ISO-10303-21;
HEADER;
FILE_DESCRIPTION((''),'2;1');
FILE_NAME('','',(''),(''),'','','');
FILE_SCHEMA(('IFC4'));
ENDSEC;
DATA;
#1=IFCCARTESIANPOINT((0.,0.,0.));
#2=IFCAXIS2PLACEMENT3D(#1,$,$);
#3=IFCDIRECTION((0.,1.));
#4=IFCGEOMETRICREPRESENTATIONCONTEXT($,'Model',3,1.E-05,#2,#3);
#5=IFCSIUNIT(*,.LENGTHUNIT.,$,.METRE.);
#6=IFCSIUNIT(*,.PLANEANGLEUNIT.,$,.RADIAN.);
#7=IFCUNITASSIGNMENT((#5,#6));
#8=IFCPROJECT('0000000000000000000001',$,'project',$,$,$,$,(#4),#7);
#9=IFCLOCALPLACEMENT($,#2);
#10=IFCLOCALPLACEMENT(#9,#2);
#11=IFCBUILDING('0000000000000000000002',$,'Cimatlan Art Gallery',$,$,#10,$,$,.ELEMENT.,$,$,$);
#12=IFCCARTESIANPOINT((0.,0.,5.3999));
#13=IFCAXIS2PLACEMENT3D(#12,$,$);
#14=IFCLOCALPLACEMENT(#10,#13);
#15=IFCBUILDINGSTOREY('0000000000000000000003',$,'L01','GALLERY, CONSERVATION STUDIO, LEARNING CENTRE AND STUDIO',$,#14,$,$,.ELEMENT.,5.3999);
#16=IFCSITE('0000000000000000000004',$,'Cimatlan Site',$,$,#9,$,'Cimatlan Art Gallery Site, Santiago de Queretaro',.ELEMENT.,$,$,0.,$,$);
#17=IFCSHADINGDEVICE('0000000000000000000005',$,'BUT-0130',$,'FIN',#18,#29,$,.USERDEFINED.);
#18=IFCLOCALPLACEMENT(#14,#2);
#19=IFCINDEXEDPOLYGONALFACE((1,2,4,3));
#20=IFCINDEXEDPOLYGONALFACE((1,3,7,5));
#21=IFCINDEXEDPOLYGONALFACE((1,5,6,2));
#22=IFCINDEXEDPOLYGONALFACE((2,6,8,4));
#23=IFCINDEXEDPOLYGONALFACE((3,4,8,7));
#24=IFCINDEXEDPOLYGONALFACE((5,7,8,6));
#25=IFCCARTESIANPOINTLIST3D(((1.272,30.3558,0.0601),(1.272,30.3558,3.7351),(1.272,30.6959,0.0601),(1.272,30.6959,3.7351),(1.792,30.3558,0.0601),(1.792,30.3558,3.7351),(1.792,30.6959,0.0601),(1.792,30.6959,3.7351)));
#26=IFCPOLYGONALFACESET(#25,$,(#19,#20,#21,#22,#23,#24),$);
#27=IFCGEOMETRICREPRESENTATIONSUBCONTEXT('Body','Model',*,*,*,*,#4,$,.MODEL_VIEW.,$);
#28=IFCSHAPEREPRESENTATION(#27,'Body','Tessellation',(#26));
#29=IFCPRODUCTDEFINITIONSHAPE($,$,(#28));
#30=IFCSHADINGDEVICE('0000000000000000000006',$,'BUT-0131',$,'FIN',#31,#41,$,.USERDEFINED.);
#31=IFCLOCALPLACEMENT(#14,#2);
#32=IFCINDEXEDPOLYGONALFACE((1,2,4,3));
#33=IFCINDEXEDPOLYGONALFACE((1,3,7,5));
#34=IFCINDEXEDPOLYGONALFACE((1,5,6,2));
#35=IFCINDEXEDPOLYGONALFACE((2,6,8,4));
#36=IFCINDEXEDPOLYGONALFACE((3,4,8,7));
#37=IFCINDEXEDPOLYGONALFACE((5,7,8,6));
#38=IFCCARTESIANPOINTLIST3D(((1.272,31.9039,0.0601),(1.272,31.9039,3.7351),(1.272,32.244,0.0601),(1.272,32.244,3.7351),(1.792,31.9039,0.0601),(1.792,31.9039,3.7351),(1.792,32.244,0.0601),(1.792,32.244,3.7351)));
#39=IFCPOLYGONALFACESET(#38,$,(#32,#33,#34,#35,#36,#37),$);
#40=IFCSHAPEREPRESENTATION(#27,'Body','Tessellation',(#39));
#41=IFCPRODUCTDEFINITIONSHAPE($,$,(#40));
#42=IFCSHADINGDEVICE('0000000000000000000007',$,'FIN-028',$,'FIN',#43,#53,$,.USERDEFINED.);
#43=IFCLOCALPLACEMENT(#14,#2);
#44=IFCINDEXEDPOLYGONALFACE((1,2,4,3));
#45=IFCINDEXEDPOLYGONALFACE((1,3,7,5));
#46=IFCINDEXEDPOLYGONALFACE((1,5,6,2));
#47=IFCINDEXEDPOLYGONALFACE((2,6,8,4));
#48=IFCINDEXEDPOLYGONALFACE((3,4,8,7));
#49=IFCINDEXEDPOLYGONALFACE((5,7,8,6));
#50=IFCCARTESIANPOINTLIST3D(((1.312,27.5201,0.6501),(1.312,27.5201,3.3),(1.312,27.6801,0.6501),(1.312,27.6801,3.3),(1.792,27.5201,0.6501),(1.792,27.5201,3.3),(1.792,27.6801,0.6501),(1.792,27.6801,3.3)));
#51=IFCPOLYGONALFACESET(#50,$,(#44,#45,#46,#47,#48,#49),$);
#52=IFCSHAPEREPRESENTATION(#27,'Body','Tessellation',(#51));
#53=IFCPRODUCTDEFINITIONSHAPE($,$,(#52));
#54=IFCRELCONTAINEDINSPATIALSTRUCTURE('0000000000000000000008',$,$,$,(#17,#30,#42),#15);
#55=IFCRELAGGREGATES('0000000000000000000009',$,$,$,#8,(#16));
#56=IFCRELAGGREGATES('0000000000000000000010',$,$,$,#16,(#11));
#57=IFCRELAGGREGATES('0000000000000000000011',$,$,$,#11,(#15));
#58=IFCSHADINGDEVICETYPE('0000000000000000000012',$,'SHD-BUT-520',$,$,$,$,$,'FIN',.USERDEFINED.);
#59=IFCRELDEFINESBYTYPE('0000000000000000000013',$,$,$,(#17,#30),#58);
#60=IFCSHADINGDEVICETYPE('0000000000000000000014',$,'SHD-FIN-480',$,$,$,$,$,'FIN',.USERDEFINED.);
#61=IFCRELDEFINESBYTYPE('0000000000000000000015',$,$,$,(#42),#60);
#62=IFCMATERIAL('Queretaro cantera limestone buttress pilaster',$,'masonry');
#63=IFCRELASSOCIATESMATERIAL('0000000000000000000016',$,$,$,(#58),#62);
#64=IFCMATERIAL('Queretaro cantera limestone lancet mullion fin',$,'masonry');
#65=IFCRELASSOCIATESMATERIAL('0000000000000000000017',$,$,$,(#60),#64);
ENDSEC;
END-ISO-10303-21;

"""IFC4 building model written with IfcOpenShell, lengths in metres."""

from ifc_helpers import new_model, si_unit, direction, frame, origin, origin_2d, place, context, subcontext, project, spatial, rectangle, extrude, material, type_object, element, save


model = new_model("IFC4")

# Units and contexts
model_context = context("Model", 3, precision=1e-05, world=origin(), true_north=direction((0.0, 1.0)))
body_context = subcontext(model_context, "Body", "Model", "MODEL_VIEW")
ifc_project = project(units=[si_unit("LENGTHUNIT", "METRE"), si_unit("PLANEANGLEUNIT", "RADIAN")], contexts=[model_context])

# Site, building, storey
site_placement = place(None, origin())
site = spatial("IfcSite", under=ifc_project, at=site_placement, Name="Cimatlan Site", LongName="Cimatlan Art Gallery Site, Santiago de Queretaro", CompositionType="ELEMENT", RefElevation=0.0)
building_placement = place(site_placement, origin())
building = spatial("IfcBuilding", under=site, at=building_placement, Name="Cimatlan Art Gallery", CompositionType="ELEMENT")
storey_placement = place(building_placement, frame((0.0, 0.0, 5.3999)))
storey = spatial("IfcBuildingStorey", under=building, at=storey_placement, Name="L01", Description="GALLERY, CONSERVATION STUDIO, LEARNING CENTRE AND STUDIO", CompositionType="ELEMENT", Elevation=5.3999)

# Shading devices
ifc_material_1 = material(Name="Queretaro cantera limestone buttress pilaster", Category="masonry")
shading_device_type_1 = type_object("IfcShadingDeviceType", Name="SHD-BUT-520", ElementType="FIN", PredefinedType="USERDEFINED", material=ifc_material_1)
for number, where, z_axis, x_axis, name in (
    (1, (1.532, 30.5259, 0.0601), (0.0, 0.0, 1.0), (0.0, 1.0, 0.0), "BUT-0130"),
    (2, (1.532, 32.074, 0.0601), (0.0, 0.0, 1.0), (0.0, 1.0, 0.0), "BUT-0131"),
):
    element("IfcShadingDevice", number, at=place(storey_placement, frame(where, z_axis=z_axis, x_axis=x_axis)), inside=storey, type_object=shading_device_type_1, Name=name, ObjectType="FIN", PredefinedType="USERDEFINED", context=body_context, shape_type="SweptSolid", body=[
        extrude(rectangle(XDim=0.3401, YDim=0.52, at=origin_2d()), origin(), (0.0, 0.0, 1.0), 3.675),
    ])
ifc_material_2 = material(Name="Queretaro cantera limestone lancet mullion fin", Category="masonry")
shading_device_type_2 = type_object("IfcShadingDeviceType", Name="SHD-FIN-480", ElementType="FIN", PredefinedType="USERDEFINED", material=ifc_material_2)
shading_device_placement = place(storey_placement, frame((1.552, 27.6001, 0.6501), z_axis=(0.0, 0.0, 1.0), x_axis=(0.0, 1.0, 0.0)))
element("IfcShadingDevice", 3, at=shading_device_placement, inside=storey, type_object=shading_device_type_2, Name="FIN-028", ObjectType="FIN", PredefinedType="USERDEFINED", context=body_context, shape_type="SweptSolid", body=[
    extrude(rectangle(XDim=0.1599, YDim=0.48, at=origin_2d()), origin(), (0.0, 0.0, 1.0), 2.6499),
])

save(model, "model.ifc")
